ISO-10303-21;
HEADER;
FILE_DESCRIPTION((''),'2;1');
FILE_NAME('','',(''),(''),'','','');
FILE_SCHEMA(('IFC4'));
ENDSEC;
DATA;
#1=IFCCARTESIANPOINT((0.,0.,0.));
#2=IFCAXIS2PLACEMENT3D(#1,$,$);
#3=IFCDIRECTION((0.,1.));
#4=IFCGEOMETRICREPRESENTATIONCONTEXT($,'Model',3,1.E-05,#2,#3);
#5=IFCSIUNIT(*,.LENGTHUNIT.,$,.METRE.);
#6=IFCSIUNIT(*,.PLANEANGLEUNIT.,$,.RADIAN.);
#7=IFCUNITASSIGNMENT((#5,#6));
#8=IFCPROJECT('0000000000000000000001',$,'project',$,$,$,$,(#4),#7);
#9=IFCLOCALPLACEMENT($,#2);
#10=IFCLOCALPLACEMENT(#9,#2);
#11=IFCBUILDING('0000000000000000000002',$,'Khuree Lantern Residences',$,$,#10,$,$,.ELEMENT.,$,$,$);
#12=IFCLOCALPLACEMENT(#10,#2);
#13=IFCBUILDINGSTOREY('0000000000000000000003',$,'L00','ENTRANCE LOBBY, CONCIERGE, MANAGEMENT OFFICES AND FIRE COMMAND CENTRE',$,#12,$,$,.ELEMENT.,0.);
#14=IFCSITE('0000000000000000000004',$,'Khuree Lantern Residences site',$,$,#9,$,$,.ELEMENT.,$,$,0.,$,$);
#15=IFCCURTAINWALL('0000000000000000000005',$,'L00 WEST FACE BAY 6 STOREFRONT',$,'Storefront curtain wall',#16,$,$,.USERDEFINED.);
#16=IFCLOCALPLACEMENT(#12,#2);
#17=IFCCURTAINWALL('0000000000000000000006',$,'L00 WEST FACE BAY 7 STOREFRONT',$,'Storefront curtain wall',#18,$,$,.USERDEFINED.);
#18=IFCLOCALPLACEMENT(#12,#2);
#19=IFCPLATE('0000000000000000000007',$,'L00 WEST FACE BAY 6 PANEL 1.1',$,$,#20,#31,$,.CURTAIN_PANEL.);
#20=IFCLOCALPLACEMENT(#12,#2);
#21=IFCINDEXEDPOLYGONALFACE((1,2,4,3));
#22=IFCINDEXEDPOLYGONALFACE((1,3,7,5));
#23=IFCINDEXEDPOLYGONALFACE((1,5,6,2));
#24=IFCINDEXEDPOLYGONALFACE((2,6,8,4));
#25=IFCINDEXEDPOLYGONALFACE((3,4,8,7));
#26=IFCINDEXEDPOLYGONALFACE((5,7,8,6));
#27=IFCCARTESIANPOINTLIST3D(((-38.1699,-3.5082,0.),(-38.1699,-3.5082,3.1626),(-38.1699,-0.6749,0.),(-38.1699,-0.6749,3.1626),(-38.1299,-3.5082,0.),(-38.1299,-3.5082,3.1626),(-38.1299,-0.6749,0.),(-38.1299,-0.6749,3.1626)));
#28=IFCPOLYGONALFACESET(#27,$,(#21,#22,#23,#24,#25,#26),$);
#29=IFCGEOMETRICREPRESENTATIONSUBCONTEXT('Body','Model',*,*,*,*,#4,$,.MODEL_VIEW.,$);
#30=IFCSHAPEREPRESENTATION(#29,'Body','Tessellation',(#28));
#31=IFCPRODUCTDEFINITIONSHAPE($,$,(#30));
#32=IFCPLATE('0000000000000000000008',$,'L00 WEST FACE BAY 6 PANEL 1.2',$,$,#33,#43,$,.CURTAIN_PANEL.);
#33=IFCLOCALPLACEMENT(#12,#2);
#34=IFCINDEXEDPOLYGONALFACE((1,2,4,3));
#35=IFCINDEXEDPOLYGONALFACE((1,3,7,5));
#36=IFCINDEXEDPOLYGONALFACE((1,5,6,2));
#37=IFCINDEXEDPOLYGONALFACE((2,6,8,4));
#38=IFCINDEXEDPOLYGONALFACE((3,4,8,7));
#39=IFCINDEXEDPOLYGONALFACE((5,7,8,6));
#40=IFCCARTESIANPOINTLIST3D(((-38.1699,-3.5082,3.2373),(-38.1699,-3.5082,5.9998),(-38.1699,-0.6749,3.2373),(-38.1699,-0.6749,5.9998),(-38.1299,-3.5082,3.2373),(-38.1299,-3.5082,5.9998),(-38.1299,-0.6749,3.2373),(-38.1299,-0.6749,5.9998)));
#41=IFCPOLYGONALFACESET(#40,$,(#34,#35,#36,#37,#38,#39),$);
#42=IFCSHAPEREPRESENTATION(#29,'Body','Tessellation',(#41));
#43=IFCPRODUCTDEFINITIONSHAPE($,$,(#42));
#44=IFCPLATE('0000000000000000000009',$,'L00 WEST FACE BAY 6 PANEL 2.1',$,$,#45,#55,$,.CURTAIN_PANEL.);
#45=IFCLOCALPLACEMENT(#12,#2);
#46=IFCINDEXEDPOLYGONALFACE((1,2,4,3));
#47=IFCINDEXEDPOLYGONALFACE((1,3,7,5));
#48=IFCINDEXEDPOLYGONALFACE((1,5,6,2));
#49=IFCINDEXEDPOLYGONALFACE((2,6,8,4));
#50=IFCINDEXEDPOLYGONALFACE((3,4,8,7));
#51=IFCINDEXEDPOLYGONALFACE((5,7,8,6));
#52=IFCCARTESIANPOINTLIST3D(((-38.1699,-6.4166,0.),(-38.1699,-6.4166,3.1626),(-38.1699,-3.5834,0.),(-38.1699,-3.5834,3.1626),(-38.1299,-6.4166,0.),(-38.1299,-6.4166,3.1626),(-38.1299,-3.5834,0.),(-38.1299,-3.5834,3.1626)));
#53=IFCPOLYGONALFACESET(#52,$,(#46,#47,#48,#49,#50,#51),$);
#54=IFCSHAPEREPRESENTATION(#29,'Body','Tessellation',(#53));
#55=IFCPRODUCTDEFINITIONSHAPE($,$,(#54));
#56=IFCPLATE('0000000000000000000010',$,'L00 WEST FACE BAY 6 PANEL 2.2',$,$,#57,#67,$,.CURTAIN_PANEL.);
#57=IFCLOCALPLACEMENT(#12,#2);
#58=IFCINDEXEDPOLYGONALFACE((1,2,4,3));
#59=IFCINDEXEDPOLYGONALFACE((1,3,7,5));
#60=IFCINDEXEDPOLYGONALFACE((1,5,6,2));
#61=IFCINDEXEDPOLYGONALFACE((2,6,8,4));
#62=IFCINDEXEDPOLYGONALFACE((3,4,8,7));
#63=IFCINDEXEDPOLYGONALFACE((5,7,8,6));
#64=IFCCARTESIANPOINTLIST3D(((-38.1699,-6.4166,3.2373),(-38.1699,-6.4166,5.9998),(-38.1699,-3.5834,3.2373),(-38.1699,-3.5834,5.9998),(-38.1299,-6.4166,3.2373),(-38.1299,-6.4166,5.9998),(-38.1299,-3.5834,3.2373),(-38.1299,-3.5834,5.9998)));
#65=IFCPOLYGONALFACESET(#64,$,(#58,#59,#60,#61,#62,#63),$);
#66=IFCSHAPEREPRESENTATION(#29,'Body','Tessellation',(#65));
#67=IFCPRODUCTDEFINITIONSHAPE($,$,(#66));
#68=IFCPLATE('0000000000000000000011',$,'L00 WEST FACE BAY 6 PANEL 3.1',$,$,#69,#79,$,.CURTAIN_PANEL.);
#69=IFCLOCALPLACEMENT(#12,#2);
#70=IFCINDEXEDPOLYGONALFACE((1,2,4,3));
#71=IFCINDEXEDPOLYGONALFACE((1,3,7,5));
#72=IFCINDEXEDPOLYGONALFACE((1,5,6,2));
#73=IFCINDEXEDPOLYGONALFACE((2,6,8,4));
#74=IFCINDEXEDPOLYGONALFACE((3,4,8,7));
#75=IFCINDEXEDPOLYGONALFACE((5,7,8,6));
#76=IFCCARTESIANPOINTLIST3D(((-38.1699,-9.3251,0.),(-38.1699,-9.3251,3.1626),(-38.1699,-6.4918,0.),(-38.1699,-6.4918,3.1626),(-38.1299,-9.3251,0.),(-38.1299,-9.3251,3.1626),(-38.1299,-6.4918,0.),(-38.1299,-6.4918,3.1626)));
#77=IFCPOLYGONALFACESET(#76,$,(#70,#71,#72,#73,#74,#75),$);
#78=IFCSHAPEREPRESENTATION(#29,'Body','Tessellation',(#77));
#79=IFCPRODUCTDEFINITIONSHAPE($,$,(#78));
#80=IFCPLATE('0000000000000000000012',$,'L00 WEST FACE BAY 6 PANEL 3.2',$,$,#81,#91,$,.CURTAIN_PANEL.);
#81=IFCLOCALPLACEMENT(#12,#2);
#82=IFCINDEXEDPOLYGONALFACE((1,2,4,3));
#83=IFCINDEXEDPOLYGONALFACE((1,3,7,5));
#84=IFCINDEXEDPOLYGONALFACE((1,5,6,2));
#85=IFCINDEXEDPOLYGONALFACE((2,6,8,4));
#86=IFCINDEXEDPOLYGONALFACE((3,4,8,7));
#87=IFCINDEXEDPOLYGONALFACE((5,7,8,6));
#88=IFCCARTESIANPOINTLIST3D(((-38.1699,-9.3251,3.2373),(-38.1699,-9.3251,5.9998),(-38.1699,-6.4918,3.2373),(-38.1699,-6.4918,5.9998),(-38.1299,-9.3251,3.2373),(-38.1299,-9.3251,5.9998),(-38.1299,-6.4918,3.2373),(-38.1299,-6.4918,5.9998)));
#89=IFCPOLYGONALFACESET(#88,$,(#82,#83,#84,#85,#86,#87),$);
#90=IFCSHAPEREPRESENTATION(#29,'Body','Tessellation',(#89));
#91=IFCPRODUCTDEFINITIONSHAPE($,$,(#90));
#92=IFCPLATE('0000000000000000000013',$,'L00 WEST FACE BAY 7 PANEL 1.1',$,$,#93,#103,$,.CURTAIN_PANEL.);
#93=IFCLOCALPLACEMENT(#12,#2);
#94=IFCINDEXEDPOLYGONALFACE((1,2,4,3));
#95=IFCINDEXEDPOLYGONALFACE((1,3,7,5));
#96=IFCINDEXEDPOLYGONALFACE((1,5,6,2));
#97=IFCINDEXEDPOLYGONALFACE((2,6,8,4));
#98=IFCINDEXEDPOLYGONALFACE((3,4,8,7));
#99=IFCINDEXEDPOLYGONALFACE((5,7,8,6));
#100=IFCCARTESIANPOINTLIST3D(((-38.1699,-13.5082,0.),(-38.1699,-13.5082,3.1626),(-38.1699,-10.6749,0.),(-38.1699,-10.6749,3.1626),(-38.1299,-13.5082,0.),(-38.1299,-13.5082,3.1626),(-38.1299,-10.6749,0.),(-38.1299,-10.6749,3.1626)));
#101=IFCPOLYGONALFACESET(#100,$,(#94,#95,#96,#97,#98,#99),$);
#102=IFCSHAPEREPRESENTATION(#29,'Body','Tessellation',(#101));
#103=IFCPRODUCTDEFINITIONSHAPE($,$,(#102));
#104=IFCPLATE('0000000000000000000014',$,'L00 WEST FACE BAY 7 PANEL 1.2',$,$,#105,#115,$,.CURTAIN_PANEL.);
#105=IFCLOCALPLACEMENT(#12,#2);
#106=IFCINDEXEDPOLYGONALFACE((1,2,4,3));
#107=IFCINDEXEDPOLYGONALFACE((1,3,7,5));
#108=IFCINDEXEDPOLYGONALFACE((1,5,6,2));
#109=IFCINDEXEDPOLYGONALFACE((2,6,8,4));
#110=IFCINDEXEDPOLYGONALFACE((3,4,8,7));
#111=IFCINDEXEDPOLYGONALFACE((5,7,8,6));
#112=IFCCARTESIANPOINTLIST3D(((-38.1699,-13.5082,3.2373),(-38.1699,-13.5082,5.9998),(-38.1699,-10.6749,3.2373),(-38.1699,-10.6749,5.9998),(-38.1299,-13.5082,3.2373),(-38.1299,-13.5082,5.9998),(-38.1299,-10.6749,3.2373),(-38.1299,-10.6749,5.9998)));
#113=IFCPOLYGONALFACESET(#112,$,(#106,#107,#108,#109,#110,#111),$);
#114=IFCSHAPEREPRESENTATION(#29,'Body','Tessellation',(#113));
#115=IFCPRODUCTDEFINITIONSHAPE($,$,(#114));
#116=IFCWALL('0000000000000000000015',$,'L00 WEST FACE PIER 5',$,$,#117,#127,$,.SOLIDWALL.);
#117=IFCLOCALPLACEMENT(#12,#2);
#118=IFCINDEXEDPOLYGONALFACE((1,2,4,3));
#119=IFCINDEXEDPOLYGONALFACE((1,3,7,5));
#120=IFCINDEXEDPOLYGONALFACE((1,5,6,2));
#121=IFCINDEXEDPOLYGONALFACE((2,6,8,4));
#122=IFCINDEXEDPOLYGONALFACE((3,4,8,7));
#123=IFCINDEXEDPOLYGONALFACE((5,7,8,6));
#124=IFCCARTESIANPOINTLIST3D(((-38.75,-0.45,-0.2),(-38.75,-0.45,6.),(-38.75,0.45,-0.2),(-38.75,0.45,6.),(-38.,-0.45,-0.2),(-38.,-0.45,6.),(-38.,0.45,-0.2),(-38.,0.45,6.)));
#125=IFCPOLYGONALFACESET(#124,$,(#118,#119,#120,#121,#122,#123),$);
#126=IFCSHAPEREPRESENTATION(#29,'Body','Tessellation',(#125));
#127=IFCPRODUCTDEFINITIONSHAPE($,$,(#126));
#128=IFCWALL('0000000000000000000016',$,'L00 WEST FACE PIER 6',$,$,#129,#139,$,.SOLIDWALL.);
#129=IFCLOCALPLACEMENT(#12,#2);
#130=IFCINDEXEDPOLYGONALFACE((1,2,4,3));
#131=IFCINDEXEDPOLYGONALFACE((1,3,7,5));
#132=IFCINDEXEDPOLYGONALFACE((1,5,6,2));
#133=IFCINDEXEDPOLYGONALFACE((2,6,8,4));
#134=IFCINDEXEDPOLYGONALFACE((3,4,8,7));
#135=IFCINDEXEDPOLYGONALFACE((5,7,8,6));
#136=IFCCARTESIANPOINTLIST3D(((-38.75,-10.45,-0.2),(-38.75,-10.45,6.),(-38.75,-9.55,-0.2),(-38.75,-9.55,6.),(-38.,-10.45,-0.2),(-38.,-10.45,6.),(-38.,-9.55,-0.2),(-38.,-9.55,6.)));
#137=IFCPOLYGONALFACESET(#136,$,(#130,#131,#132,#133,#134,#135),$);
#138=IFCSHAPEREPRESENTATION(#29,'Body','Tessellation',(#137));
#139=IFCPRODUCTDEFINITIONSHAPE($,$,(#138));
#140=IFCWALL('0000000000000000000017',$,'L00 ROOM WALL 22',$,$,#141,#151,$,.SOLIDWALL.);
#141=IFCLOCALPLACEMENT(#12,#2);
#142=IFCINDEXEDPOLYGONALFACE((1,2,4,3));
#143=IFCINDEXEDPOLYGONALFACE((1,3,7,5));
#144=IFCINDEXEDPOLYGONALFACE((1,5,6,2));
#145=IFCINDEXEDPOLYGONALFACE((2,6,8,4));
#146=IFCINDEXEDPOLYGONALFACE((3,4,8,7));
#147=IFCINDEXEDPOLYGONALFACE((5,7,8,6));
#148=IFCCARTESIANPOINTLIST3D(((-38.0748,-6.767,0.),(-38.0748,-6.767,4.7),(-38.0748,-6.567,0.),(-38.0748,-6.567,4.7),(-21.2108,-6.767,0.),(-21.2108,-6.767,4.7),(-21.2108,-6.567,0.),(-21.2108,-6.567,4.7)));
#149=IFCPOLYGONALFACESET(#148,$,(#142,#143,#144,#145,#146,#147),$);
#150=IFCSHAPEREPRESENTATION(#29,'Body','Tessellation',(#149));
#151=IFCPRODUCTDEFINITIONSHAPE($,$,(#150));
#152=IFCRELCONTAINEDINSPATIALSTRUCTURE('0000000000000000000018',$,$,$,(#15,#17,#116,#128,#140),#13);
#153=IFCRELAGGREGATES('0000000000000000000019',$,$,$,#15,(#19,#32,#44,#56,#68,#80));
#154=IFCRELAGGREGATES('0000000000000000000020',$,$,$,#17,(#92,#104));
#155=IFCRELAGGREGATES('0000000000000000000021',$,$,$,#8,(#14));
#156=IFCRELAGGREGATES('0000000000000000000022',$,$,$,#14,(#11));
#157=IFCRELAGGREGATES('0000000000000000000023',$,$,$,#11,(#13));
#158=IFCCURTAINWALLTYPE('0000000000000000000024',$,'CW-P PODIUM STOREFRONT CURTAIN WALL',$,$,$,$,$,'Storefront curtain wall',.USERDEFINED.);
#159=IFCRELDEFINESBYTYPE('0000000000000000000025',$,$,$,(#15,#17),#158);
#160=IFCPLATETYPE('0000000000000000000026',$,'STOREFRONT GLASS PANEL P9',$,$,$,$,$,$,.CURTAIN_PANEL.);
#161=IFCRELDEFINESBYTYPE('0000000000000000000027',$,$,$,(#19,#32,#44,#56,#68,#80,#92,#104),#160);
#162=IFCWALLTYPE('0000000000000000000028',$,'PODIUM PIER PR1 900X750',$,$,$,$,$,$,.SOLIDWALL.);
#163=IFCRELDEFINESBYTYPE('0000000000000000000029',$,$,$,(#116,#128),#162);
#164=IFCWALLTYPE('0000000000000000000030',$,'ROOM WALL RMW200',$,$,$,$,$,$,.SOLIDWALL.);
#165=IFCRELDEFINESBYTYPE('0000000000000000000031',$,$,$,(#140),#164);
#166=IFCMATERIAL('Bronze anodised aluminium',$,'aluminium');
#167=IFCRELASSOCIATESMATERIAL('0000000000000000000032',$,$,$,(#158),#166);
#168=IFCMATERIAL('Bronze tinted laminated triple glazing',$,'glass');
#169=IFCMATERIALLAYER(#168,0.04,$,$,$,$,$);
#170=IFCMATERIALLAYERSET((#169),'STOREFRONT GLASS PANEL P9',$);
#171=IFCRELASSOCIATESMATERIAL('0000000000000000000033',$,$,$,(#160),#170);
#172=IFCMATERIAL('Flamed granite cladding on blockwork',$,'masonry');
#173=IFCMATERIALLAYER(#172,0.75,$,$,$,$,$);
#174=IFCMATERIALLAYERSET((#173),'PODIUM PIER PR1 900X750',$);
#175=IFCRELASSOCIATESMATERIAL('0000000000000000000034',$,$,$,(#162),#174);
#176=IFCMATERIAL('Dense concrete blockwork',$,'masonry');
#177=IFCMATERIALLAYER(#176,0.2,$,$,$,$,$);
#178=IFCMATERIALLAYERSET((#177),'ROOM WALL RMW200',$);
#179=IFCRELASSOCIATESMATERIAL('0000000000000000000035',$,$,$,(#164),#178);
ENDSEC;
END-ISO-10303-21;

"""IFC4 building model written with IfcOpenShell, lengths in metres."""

from ifc_helpers import new_model, si_unit, direction, frame, frame_2d, origin, origin_2d, place, context, subcontext, project, spatial, rectangle, extrude, material, layer, layer_set, type_object, element, aggregate, save


model = new_model("IFC4")

# Units and contexts
model_context = context("Model", 3, precision=1e-05, world=origin(), true_north=direction((0.0, 1.0)))
body_context = subcontext(model_context, "Body", "Model", "MODEL_VIEW")
ifc_project = project(units=[si_unit("LENGTHUNIT", "METRE"), si_unit("PLANEANGLEUNIT", "RADIAN")], contexts=[model_context])

# Site, building, storey
site_placement = place(None, origin())
site = spatial("IfcSite", under=ifc_project, at=site_placement, Name="Khuree Lantern Residences site", CompositionType="ELEMENT", RefElevation=0.0)
building_placement = place(site_placement, origin())
building = spatial("IfcBuilding", under=site, at=building_placement, Name="Khuree Lantern Residences", CompositionType="ELEMENT")
storey_placement = place(building_placement, origin())
storey = spatial("IfcBuildingStorey", under=building, at=storey_placement, Name="L00", Description="ENTRANCE LOBBY, CONCIERGE, MANAGEMENT OFFICES AND FIRE COMMAND CENTRE", CompositionType="ELEMENT", Elevation=0.0)

# Curtain wall
ifc_material_1 = material(Name="Bronze anodised aluminium", Category="aluminium")
curtain_wall_type = type_object("IfcCurtainWallType", Name="CW-P PODIUM STOREFRONT CURTAIN WALL", ElementType="Storefront curtain wall", PredefinedType="USERDEFINED", material=ifc_material_1)
curtain_wall_1_placement = place(storey_placement, origin())
curtain_wall_1 = element("IfcCurtainWall", 1, at=curtain_wall_1_placement, inside=storey, type_object=curtain_wall_type, Name="L00 WEST FACE BAY 6 STOREFRONT", ObjectType="Storefront curtain wall", PredefinedType="USERDEFINED")

# Curtain wall
curtain_wall_2_placement = place(storey_placement, origin())
curtain_wall_2 = element("IfcCurtainWall", 2, at=curtain_wall_2_placement, inside=storey, type_object=curtain_wall_type, Name="L00 WEST FACE BAY 7 STOREFRONT", ObjectType="Storefront curtain wall", PredefinedType="USERDEFINED")

# Plates
ifc_material_2 = material(Name="Bronze tinted laminated triple glazing", Category="glass")
ifc_layer_1 = layer(ifc_material_2, 0.04)
ifc_layer_set_1 = layer_set([ifc_layer_1], Name="STOREFRONT GLASS PANEL P9")
plate_type = type_object("IfcPlateType", Name="STOREFRONT GLASS PANEL P9", PredefinedType="CURTAIN_PANEL", material=ifc_layer_set_1)
plate_1_placement = place(storey_placement, frame((-38.1499, -2.0916, 0.0), z_axis=(0.0, 0.0, 1.0), x_axis=(0.0, -1.0, 0.0)))
plate_1 = element("IfcPlate", 3, at=plate_1_placement, type_object=plate_type, Name="L00 WEST FACE BAY 6 PANEL 1.1", PredefinedType="CURTAIN_PANEL", context=body_context, shape_type="SweptSolid", body=[
    extrude(rectangle(XDim=2.8333, YDim=0.04, at=origin_2d()), origin(), (0.0, 0.0, 1.0), 3.1626),
])
plate_2_placement = place(storey_placement, frame((-38.1499, -2.0916, 3.2373), z_axis=(0.0, 0.0, 1.0), x_axis=(0.0, -1.0, 0.0)))
plate_2 = element("IfcPlate", 4, at=plate_2_placement, type_object=plate_type, Name="L00 WEST FACE BAY 6 PANEL 1.2", PredefinedType="CURTAIN_PANEL", context=body_context, shape_type="SweptSolid", body=[
    extrude(rectangle(XDim=2.8333, YDim=0.04, at=origin_2d()), origin(), (0.0, 0.0, 1.0), 2.7625),
])
plate_3_placement = place(storey_placement, frame((-38.1499, -5.0, 0.0), z_axis=(0.0, 0.0, 1.0), x_axis=(0.0, -1.0, 0.0)))
plate_3 = element("IfcPlate", 5, at=plate_3_placement, type_object=plate_type, Name="L00 WEST FACE BAY 6 PANEL 2.1", PredefinedType="CURTAIN_PANEL", context=body_context, shape_type="SweptSolid", body=[
    extrude(rectangle(XDim=2.8333, YDim=0.04, at=origin_2d()), origin(), (0.0, 0.0, 1.0), 3.1626),
])
plate_4_placement = place(storey_placement, frame((-38.1499, -5.0, 3.2373), z_axis=(0.0, 0.0, 1.0), x_axis=(0.0, -1.0, 0.0)))
plate_4 = element("IfcPlate", 6, at=plate_4_placement, type_object=plate_type, Name="L00 WEST FACE BAY 6 PANEL 2.2", PredefinedType="CURTAIN_PANEL", context=body_context, shape_type="SweptSolid", body=[
    extrude(rectangle(XDim=2.8333, YDim=0.04, at=origin_2d()), origin(), (0.0, 0.0, 1.0), 2.7625),
])
plate_5_placement = place(storey_placement, frame((-38.1499, -7.9084, 0.0), z_axis=(0.0, 0.0, 1.0), x_axis=(0.0, -1.0, 0.0)))
plate_5 = element("IfcPlate", 7, at=plate_5_placement, type_object=plate_type, Name="L00 WEST FACE BAY 6 PANEL 3.1", PredefinedType="CURTAIN_PANEL", context=body_context, shape_type="SweptSolid", body=[
    extrude(rectangle(XDim=2.8333, YDim=0.04, at=origin_2d()), origin(), (0.0, 0.0, 1.0), 3.1626),
])
plate_6_placement = place(storey_placement, frame((-38.1499, -7.9084, 3.2373), z_axis=(0.0, 0.0, 1.0), x_axis=(0.0, -1.0, 0.0)))
plate_6 = element("IfcPlate", 8, at=plate_6_placement, type_object=plate_type, Name="L00 WEST FACE BAY 6 PANEL 3.2", PredefinedType="CURTAIN_PANEL", context=body_context, shape_type="SweptSolid", body=[
    extrude(rectangle(XDim=2.8333, YDim=0.04, at=origin_2d()), origin(), (0.0, 0.0, 1.0), 2.7625),
])
aggregate(curtain_wall_1, [plate_1, plate_2, plate_3, plate_4, plate_5, plate_6])
plate_7_placement = place(storey_placement, frame((-38.1499, -12.0916, 0.0), z_axis=(0.0, 0.0, 1.0), x_axis=(0.0, -1.0, 0.0)))
plate_7 = element("IfcPlate", 9, at=plate_7_placement, type_object=plate_type, Name="L00 WEST FACE BAY 7 PANEL 1.1", PredefinedType="CURTAIN_PANEL", context=body_context, shape_type="SweptSolid", body=[
    extrude(rectangle(XDim=2.8333, YDim=0.04, at=origin_2d()), origin(), (0.0, 0.0, 1.0), 3.1626),
])
plate_8_placement = place(storey_placement, frame((-38.1499, -12.0916, 3.2373), z_axis=(0.0, 0.0, 1.0), x_axis=(0.0, -1.0, 0.0)))
plate_8 = element("IfcPlate", 10, at=plate_8_placement, type_object=plate_type, Name="L00 WEST FACE BAY 7 PANEL 1.2", PredefinedType="CURTAIN_PANEL", context=body_context, shape_type="SweptSolid", body=[
    extrude(rectangle(XDim=2.8333, YDim=0.04, at=origin_2d()), origin(), (0.0, 0.0, 1.0), 2.7625),
])
aggregate(curtain_wall_2, [plate_7, plate_8])

# Walls
ifc_material_3 = material(Name="Flamed granite cladding on blockwork", Category="masonry")
ifc_layer_2 = layer(ifc_material_3, 0.75)
ifc_layer_set_2 = layer_set([ifc_layer_2], Name="PODIUM PIER PR1 900X750")
wall_type_1 = type_object("IfcWallType", Name="PODIUM PIER PR1 900X750", PredefinedType="SOLIDWALL", material=ifc_layer_set_2)
for number, where, z_axis, x_axis, name in (
    (11, (-38.375, 0.45, -0.2), (0.0, 0.0, 1.0), (0.0, -1.0, 0.0), "L00 WEST FACE PIER 5"),
    (12, (-38.375, -9.55, -0.2), (0.0, 0.0, 1.0), (0.0, -1.0, 0.0), "L00 WEST FACE PIER 6"),
):
    element("IfcWall", number, at=place(storey_placement, frame(where, z_axis=z_axis, x_axis=x_axis)), inside=storey, type_object=wall_type_1, Name=name, PredefinedType="SOLIDWALL", context=body_context, shape_type="SweptSolid", body=[
        extrude(rectangle(XDim=0.8999, YDim=0.75, at=frame_2d((0.45, 0.0))), origin(), (0.0, 0.0, 1.0), 6.2),
    ])
ifc_material_4 = material(Name="Dense concrete blockwork", Category="masonry")
ifc_layer_3 = layer(ifc_material_4, 0.2)
ifc_layer_set_3 = layer_set([ifc_layer_3], Name="ROOM WALL RMW200")
wall_type_2 = type_object("IfcWallType", Name="ROOM WALL RMW200", PredefinedType="SOLIDWALL", material=ifc_layer_set_3)
wall_placement = place(storey_placement, frame((-38.075, -6.667, 0.0), z_axis=(0.0, 0.0, 1.0), x_axis=(1.0, 0.0, 0.0)))
element("IfcWall", 13, at=wall_placement, inside=storey, type_object=wall_type_2, Name="L00 ROOM WALL 22", PredefinedType="SOLIDWALL", context=body_context, shape_type="SweptSolid", body=[
    extrude(rectangle(XDim=16.864, YDim=0.2, at=frame_2d((8.4321, 0.0))), origin(), (0.0, 0.0, 1.0), 4.7),
])

save(model, "model.ifc")
